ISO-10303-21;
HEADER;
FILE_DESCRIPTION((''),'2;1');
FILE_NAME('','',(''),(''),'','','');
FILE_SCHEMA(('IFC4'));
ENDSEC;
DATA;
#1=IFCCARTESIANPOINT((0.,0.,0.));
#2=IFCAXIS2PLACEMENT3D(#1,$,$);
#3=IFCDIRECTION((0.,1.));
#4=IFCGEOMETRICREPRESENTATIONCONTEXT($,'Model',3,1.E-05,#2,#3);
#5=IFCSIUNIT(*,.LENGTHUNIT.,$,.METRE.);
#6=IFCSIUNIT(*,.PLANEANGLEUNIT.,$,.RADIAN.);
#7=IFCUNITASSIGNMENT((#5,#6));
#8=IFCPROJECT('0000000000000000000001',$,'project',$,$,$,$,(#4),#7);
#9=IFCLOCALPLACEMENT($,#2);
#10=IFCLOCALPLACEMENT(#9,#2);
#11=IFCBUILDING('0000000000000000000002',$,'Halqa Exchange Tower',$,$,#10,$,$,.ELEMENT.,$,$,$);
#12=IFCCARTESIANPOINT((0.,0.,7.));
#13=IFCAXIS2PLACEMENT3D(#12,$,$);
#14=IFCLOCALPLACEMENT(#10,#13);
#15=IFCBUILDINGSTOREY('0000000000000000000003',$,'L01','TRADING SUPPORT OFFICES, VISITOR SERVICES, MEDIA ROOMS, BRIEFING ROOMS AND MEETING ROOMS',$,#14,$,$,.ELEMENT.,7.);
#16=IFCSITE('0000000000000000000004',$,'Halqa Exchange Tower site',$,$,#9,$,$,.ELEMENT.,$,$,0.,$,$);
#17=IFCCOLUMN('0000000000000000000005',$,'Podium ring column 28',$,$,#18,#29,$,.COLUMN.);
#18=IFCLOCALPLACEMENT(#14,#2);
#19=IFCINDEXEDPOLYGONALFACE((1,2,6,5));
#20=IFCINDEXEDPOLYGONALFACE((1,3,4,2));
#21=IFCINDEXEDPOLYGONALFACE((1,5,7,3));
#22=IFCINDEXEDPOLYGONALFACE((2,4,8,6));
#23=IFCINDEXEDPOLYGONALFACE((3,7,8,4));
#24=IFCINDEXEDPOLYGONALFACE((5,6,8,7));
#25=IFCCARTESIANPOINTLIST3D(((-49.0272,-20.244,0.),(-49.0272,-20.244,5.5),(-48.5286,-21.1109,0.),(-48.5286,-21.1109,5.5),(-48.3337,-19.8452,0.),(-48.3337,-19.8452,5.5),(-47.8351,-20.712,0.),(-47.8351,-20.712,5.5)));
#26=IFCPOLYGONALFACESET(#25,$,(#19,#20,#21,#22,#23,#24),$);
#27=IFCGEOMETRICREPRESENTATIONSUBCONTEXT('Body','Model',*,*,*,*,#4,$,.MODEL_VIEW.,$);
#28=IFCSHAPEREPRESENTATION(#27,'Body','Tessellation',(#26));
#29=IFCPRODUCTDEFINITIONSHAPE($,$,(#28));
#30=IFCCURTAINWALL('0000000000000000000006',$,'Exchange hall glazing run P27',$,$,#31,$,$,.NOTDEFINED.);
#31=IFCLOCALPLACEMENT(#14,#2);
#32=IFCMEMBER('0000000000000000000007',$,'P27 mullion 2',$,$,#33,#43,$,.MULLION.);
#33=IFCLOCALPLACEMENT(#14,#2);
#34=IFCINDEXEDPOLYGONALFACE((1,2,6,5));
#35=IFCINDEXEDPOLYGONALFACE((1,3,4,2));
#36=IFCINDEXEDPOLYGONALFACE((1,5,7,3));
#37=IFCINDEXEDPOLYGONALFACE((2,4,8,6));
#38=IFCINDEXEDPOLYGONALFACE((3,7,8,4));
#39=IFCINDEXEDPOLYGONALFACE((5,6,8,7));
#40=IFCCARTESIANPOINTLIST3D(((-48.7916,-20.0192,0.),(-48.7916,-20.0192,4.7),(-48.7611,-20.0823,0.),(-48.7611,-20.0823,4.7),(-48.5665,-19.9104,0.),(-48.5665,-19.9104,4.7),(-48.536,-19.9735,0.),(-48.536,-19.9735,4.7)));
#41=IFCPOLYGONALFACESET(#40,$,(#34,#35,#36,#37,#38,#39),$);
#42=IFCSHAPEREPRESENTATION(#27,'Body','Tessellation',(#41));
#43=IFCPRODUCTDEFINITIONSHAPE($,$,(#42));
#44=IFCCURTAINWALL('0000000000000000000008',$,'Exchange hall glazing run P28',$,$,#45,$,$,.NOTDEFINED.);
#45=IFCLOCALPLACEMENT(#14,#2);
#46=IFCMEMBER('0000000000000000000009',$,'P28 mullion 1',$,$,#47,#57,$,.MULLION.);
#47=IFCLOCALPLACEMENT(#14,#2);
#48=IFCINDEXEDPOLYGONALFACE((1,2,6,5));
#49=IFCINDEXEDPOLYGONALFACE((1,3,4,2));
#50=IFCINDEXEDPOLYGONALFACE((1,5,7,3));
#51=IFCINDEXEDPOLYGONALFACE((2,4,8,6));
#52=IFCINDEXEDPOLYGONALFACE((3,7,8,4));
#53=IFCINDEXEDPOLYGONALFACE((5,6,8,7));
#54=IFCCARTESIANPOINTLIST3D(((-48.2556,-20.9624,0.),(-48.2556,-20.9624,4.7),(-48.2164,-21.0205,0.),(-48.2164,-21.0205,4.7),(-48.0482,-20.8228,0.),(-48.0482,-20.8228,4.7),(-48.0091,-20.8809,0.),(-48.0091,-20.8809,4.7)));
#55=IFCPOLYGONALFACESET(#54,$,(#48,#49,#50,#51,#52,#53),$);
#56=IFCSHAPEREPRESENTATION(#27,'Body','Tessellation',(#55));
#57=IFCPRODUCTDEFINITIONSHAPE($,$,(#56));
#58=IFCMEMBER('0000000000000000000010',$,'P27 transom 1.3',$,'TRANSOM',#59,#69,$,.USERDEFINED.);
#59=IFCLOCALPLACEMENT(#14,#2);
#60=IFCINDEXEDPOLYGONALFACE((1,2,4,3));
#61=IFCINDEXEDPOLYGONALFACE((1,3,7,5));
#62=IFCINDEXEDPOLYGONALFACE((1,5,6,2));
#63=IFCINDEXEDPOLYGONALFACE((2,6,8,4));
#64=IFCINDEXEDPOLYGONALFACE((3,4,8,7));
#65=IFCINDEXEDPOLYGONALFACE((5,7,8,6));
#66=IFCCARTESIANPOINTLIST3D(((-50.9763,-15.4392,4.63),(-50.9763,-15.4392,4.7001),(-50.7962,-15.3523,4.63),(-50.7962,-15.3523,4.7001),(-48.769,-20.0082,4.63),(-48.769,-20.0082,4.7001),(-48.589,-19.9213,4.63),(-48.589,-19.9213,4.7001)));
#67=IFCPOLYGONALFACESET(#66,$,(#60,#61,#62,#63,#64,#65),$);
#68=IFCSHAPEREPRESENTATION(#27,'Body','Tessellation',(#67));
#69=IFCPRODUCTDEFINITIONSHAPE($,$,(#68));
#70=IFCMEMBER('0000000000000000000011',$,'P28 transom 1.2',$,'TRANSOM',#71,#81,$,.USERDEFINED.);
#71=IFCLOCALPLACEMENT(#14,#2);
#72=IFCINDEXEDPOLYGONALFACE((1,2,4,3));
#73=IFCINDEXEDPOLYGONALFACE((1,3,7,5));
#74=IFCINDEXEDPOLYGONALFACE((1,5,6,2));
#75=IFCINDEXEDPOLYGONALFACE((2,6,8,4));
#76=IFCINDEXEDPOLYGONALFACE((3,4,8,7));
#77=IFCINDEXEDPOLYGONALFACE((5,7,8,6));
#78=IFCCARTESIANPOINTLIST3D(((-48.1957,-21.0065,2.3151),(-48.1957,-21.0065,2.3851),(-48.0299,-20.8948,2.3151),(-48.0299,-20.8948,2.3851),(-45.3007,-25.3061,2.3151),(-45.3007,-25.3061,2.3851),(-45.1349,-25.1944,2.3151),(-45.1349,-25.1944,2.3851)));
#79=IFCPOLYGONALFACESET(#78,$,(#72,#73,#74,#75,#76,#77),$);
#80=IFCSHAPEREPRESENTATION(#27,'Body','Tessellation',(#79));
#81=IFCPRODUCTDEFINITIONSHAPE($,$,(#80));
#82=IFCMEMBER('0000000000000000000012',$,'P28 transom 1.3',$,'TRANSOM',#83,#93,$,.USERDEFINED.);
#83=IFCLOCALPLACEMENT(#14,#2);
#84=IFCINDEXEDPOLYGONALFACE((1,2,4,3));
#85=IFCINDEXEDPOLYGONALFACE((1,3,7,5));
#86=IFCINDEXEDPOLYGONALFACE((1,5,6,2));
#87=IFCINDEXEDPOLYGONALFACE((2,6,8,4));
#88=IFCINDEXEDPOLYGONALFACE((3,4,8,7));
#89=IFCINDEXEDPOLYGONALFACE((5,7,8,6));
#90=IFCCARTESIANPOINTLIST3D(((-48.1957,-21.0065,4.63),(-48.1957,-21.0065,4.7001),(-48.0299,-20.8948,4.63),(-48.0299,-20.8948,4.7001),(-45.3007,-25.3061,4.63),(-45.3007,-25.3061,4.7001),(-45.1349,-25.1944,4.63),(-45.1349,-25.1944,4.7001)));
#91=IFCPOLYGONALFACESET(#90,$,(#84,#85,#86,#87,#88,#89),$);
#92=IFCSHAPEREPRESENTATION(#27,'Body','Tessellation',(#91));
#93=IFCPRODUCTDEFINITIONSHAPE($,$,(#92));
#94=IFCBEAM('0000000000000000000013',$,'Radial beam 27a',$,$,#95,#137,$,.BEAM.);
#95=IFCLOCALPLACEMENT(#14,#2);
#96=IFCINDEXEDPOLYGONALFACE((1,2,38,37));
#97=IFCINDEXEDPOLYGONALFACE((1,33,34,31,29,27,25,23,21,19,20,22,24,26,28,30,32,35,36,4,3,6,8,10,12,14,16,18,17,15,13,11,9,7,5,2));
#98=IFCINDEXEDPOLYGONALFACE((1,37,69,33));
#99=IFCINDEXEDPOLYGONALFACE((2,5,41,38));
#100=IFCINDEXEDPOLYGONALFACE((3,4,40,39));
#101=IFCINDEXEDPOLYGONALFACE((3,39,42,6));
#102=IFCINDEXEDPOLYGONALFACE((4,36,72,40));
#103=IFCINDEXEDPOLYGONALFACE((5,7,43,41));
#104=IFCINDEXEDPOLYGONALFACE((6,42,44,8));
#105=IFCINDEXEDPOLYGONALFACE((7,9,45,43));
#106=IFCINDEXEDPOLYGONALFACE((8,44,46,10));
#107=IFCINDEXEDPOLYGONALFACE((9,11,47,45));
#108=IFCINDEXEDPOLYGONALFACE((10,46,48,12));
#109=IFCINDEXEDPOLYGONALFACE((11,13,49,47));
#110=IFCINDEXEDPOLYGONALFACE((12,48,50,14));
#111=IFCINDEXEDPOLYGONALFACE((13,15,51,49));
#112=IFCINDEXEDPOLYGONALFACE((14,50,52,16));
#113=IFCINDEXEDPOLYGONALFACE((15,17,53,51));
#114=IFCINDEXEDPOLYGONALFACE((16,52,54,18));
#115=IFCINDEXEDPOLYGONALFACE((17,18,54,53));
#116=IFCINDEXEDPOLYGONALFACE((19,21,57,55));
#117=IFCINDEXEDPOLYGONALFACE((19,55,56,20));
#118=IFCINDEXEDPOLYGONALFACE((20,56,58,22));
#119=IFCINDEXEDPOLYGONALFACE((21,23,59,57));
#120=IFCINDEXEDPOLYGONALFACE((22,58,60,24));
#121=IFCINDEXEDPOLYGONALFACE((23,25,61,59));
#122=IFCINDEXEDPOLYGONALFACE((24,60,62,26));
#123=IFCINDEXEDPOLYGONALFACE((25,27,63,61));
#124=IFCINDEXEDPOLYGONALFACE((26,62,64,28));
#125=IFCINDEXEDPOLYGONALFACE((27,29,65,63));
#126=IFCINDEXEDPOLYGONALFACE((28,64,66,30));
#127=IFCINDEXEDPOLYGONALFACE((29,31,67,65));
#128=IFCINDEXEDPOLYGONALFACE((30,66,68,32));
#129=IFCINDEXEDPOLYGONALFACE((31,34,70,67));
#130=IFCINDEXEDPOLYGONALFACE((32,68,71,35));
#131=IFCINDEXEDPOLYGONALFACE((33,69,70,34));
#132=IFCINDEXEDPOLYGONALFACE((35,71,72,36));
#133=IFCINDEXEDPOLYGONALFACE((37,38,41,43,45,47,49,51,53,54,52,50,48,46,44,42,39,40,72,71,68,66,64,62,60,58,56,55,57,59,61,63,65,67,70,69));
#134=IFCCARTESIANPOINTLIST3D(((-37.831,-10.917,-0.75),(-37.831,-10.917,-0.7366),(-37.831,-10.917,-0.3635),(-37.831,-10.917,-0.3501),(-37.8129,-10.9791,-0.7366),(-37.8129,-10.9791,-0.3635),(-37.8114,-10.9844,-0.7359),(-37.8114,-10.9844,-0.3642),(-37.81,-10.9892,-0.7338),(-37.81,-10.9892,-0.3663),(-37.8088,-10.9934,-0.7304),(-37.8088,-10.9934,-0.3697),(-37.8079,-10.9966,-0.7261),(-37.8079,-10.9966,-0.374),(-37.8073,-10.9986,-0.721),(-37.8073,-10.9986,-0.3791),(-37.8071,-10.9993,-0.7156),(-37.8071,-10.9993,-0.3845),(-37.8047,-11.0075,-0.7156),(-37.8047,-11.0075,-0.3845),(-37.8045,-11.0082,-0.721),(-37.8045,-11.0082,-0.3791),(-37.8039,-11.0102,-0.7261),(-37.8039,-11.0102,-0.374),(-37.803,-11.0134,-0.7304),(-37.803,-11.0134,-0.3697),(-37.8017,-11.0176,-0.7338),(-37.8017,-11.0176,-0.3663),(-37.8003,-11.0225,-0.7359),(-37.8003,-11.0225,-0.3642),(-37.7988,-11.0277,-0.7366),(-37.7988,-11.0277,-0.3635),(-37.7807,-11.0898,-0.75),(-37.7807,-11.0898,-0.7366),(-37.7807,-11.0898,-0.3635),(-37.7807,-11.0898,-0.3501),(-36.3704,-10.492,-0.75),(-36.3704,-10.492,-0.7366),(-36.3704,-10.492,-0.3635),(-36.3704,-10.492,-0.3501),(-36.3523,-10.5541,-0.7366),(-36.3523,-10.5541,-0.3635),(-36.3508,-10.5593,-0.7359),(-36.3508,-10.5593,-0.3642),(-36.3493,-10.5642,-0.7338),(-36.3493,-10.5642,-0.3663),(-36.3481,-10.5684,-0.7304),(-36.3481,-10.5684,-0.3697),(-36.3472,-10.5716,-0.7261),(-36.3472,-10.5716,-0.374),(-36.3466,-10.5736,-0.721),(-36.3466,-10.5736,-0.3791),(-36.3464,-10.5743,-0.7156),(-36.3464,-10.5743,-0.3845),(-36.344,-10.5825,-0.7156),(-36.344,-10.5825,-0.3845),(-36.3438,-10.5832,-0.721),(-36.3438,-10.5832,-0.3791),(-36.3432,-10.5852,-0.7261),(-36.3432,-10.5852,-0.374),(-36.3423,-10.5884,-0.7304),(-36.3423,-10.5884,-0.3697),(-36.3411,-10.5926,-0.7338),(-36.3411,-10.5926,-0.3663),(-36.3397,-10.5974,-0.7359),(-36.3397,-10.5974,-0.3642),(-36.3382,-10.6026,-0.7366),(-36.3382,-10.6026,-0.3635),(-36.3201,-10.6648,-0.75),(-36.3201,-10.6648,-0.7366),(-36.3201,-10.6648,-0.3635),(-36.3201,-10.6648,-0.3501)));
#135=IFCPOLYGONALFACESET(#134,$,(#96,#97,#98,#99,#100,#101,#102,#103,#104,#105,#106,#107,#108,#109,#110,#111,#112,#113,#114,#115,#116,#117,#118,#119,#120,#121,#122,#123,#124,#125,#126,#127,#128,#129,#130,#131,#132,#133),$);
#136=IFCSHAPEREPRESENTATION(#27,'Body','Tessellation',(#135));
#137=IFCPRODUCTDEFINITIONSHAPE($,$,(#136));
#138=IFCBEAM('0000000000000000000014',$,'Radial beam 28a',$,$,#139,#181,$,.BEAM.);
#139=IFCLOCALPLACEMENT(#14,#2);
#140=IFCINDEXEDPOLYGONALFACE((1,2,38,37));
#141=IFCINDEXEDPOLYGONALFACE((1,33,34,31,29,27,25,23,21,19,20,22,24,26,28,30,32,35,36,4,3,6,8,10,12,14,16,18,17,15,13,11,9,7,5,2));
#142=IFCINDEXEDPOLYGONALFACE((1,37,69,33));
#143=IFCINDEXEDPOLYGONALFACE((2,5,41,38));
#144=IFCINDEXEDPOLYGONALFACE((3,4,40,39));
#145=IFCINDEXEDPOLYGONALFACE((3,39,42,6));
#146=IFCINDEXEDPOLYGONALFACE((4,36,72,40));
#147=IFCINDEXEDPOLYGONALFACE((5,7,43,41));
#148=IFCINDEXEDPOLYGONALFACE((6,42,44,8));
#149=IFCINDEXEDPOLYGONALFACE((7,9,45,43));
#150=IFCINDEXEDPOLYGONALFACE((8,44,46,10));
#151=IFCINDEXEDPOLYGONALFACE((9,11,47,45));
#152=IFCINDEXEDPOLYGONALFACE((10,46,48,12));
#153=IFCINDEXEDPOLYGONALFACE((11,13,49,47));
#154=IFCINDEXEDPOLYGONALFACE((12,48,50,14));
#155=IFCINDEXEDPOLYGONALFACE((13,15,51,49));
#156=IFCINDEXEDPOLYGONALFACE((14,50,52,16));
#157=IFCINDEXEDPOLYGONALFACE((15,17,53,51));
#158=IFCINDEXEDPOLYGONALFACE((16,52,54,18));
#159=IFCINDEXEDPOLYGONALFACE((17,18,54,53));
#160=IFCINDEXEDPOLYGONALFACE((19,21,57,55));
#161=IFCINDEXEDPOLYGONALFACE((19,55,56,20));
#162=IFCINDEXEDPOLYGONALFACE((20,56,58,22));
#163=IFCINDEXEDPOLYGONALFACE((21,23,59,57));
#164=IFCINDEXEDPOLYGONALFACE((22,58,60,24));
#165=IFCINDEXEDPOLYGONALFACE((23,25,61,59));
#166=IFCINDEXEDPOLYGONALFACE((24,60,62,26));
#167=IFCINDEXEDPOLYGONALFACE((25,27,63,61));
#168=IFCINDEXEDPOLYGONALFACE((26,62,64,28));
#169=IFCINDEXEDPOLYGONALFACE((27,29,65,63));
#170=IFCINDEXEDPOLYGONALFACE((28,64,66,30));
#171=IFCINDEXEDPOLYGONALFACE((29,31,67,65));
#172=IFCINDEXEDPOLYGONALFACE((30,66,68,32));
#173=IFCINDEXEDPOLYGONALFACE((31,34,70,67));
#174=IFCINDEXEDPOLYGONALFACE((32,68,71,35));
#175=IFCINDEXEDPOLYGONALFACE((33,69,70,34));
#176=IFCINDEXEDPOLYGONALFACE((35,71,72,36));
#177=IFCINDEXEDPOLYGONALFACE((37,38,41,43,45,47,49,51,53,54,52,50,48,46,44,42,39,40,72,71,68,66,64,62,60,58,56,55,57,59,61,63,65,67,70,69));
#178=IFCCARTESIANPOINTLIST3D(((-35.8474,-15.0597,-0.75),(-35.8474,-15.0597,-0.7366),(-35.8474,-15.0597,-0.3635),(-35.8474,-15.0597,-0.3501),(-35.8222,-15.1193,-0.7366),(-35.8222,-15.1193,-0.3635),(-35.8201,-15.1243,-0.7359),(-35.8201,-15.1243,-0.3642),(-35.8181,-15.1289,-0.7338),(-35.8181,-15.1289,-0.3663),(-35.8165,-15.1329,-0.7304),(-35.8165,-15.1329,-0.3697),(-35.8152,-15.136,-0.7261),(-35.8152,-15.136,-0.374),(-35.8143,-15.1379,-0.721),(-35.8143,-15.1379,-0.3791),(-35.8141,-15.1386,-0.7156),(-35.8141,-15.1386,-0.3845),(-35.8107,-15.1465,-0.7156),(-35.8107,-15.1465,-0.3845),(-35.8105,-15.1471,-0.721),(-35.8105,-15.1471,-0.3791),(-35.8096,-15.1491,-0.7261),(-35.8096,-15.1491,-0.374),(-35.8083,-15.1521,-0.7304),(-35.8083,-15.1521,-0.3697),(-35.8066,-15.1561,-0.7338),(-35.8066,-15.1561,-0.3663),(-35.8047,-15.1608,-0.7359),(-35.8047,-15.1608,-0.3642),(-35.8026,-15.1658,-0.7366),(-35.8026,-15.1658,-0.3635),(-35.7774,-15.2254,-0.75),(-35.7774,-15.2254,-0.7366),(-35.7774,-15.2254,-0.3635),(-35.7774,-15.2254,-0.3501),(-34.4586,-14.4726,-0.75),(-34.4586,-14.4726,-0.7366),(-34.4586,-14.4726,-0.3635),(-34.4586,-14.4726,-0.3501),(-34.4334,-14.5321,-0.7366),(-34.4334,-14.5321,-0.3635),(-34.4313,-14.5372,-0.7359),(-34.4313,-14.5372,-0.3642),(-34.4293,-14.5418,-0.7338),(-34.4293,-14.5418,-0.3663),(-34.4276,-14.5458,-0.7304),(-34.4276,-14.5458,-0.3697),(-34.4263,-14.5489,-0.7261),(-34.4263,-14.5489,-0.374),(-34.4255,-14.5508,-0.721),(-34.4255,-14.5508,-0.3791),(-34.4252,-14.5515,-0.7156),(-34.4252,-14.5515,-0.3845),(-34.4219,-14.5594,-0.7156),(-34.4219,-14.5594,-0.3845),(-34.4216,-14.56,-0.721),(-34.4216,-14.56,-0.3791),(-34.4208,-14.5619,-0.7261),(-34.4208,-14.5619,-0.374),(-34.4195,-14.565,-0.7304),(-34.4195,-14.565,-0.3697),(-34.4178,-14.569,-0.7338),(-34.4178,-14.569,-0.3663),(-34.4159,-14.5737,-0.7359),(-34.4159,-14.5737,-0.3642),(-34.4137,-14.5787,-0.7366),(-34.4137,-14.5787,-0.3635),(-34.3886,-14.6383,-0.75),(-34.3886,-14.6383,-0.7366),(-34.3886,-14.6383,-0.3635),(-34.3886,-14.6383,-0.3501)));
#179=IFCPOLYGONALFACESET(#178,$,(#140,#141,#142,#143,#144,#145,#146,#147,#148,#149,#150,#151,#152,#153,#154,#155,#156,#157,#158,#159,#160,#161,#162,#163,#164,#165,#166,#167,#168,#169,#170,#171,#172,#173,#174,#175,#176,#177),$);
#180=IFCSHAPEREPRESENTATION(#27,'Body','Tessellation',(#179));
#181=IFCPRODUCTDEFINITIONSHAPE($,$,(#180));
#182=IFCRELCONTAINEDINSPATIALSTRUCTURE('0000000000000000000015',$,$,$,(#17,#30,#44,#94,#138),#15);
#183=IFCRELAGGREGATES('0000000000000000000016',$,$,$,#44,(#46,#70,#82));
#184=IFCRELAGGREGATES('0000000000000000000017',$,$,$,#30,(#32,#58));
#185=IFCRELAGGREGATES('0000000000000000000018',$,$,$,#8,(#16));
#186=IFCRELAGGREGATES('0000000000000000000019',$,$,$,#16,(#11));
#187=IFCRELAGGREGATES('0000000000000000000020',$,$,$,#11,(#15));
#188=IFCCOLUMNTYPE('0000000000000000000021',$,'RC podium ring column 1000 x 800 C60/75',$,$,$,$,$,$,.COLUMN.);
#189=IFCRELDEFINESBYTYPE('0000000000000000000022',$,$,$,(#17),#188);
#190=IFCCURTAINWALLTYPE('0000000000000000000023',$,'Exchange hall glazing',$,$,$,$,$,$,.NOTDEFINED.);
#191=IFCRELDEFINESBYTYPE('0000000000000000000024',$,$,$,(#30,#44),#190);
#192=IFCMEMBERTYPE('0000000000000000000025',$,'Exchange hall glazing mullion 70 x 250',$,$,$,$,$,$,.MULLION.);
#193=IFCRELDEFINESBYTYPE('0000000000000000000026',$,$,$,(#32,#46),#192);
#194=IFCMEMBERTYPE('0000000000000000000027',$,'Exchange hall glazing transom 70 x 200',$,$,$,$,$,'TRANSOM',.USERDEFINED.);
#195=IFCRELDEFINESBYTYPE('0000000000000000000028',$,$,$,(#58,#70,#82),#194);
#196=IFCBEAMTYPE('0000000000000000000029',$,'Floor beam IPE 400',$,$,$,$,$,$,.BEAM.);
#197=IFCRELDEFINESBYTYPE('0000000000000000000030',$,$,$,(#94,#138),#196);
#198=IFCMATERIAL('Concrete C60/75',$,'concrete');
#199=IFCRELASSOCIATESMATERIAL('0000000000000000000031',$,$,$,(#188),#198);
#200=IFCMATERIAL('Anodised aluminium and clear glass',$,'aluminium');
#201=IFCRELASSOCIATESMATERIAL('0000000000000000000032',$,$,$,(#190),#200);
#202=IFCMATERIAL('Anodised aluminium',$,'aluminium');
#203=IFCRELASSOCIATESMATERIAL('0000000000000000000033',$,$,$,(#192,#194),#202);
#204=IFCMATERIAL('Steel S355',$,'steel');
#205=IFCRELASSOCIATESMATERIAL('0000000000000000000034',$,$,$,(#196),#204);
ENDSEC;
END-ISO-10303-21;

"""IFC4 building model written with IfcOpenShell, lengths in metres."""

from ifc_helpers import new_model, si_unit, direction, frame, origin, origin_2d, place, context, subcontext, project, spatial, rectangle, i_section, extrude, material, material_profile, profile_set, type_object, element, aggregate, save


model = new_model("IFC4")

# Units and contexts
model_context = context("Model", 3, precision=1e-05, world=origin(), true_north=direction((0.0, 1.0)))
body_context = subcontext(model_context, "Body", "Model", "MODEL_VIEW")
ifc_project = project(units=[si_unit("LENGTHUNIT", "METRE"), si_unit("PLANEANGLEUNIT", "RADIAN")], contexts=[model_context])

# Site, building, storey
site_placement = place(None, origin())
site = spatial("IfcSite", under=ifc_project, at=site_placement, Name="Halqa Exchange Tower site", CompositionType="ELEMENT", RefElevation=0.0)
building_placement = place(site_placement, origin())
building = spatial("IfcBuilding", under=site, at=building_placement, Name="Halqa Exchange Tower", CompositionType="ELEMENT")
storey_placement = place(building_placement, frame((0.0, 0.0, 7.0)))
storey = spatial("IfcBuildingStorey", under=building, at=storey_placement, Name="L01", Description="TRADING SUPPORT OFFICES, VISITOR SERVICES, MEDIA ROOMS, BRIEFING ROOMS AND MEETING ROOMS", CompositionType="ELEMENT", Elevation=7.0)

# Column
ifc_material_1 = material(Name="Concrete C60/75", Category="concrete")
ifc_material_profile_1 = material_profile(ifc_material_1, rectangle(XDim=1.0, YDim=0.8, at=origin_2d()), Name="1000 x 800")
ifc_profile_set_1 = profile_set([ifc_material_profile_1], Name="Concrete C60/75")
column_type = type_object("IfcColumnType", Name="RC podium ring column 1000 x 800 C60/75", PredefinedType="COLUMN", material=ifc_profile_set_1)
column_placement = place(storey_placement, frame((-48.4312, -20.478, 0.0), z_axis=(0.0, 0.0, 1.0), x_axis=(0.498569, -0.86685, 0.0)))
element("IfcColumn", 1, at=column_placement, inside=storey, type_object=column_type, Name="Podium ring column 28", PredefinedType="COLUMN", context=body_context, shape_type="SweptSolid", body=[
    extrude(rectangle(XDim=1.0, YDim=0.8, at=origin_2d()), origin(), (0.0, 0.0, 1.0), 5.5),
])

# Curtain walls, members
ifc_material_2 = material(Name="Anodised aluminium and clear glass", Category="aluminium")
curtain_wall_type = type_object("IfcCurtainWallType", Name="Exchange hall glazing", PredefinedType="NOTDEFINED", material=ifc_material_2)
curtain_wall_1_placement = place(storey_placement, origin())
curtain_wall_1 = element("IfcCurtainWall", 2, at=curtain_wall_1_placement, inside=storey, type_object=curtain_wall_type, Name="Exchange hall glazing run P27", PredefinedType="NOTDEFINED")
ifc_material_3 = material(Name="Anodised aluminium", Category="aluminium")
ifc_material_profile_2 = material_profile(ifc_material_3, rectangle(XDim=0.25, YDim=0.0701, at=origin_2d()), Name="AL 70x250")
ifc_profile_set_2 = profile_set([ifc_material_profile_2], Name="Anodised aluminium")
member_type_1 = type_object("IfcMemberType", Name="Exchange hall glazing mullion 70 x 250", PredefinedType="MULLION", material=ifc_profile_set_2)
member_1_placement = place(storey_placement, frame((-48.6638, -19.9963, 0.0), z_axis=(0.0, 0.0, 1.0), x_axis=(0.900435, 0.43499, 0.0)))
member_1 = element("IfcMember", 3, at=member_1_placement, type_object=member_type_1, Name="P27 mullion 2", PredefinedType="MULLION", context=body_context, shape_type="SweptSolid", body=[
    extrude(rectangle(XDim=0.25, YDim=0.0701, at=origin_2d()), origin(), (0.0, 0.0, 1.0), 4.7),
])
curtain_wall_2_placement = place(storey_placement, origin())
curtain_wall_2 = element("IfcCurtainWall", 4, at=curtain_wall_2_placement, inside=storey, type_object=curtain_wall_type, Name="Exchange hall glazing run P28", PredefinedType="NOTDEFINED")
member_2_placement = place(storey_placement, frame((-48.1323, -20.9216, 0.0), z_axis=(0.0, 0.0, 1.0), x_axis=(0.82949, 0.558522, 0.0)))
member_2 = element("IfcMember", 5, at=member_2_placement, type_object=member_type_1, Name="P28 mullion 1", PredefinedType="MULLION", context=body_context, shape_type="SweptSolid", body=[
    extrude(rectangle(XDim=0.25, YDim=0.0701, at=origin_2d()), origin(), (0.0, 0.0, 1.0), 4.7),
])

# Members
ifc_material_profile_3 = material_profile(ifc_material_3, rectangle(XDim=0.2, YDim=0.0701, at=origin_2d()), Name="AL 70x200")
ifc_profile_set_3 = profile_set([ifc_material_profile_3], Name="Anodised aluminium")
member_type_2 = type_object("IfcMemberType", Name="Exchange hall glazing transom 70 x 200", ElementType="TRANSOM", PredefinedType="USERDEFINED", material=ifc_profile_set_3)
member_3_placement = place(storey_placement, frame((-50.8862, -15.3958, 4.665), z_axis=(0.43499, -0.900435, 0.0), x_axis=(0.900435, 0.43499, 0.0)))
member_3 = element("IfcMember", 6, at=member_3_placement, type_object=member_type_2, Name="P27 transom 1.3", ObjectType="TRANSOM", PredefinedType="USERDEFINED", context=body_context, shape_type="SweptSolid", body=[
    extrude(rectangle(XDim=0.2, YDim=0.0701, at=origin_2d()), origin(), (0.0, 0.0, 1.0), 5.0742),
])
member_4_placement = place(storey_placement, frame((-48.1128, -20.9507, 2.3501), z_axis=(0.55852, -0.829491, 0.0), x_axis=(0.829491, 0.55852, 0.0)))
member_4 = element("IfcMember", 7, at=member_4_placement, type_object=member_type_2, Name="P28 transom 1.2", ObjectType="TRANSOM", PredefinedType="USERDEFINED", context=body_context, shape_type="SweptSolid", body=[
    extrude(rectangle(XDim=0.2, YDim=0.0701, at=origin_2d()), origin(), (0.0, 0.0, 1.0), 5.1833),
])
member_5_placement = place(storey_placement, frame((-48.1128, -20.9507, 4.665), z_axis=(0.55852, -0.829491, 0.0), x_axis=(0.829491, 0.55852, 0.0)))
member_5 = element("IfcMember", 8, at=member_5_placement, type_object=member_type_2, Name="P28 transom 1.3", ObjectType="TRANSOM", PredefinedType="USERDEFINED", context=body_context, shape_type="SweptSolid", body=[
    extrude(rectangle(XDim=0.2, YDim=0.0701, at=origin_2d()), origin(), (0.0, 0.0, 1.0), 5.1833),
])
aggregate(curtain_wall_2, [member_2, member_4, member_5])

# Beams
ifc_material_4 = material(Name="Steel S355", Category="steel")
ifc_material_profile_4 = material_profile(ifc_material_4, i_section(OverallWidth=0.1799, OverallDepth=0.3999, WebThickness=0.0085, FlangeThickness=0.0134, FilletRadius=0.021, at=origin_2d()), Name="IPE 400")
ifc_profile_set_4 = profile_set([ifc_material_profile_4], Name="Steel S355")
beam_type_1 = type_object("IfcBeamType", Name="Floor beam IPE 400", PredefinedType="BEAM", material=ifc_profile_set_4)
beam_1_placement = place(storey_placement, frame((-36.3452, -10.5784, -0.55), z_axis=(-0.960174, -0.279402, 0.0), x_axis=(0.279402, -0.960174, 0.0)))
element("IfcBeam", 9, at=beam_1_placement, inside=storey, type_object=beam_type_1, Name="Radial beam 27a", PredefinedType="BEAM", context=body_context, shape_type="SweptSolid", body=[
    extrude(i_section(OverallWidth=0.1799, OverallDepth=0.3999, WebThickness=0.0085, FlangeThickness=0.0134, FilletRadius=0.021, at=origin_2d()), origin(), (0.0, 0.0, 1.0), 1.5212),
])
beam_2_placement = place(storey_placement, frame((-34.4236, -14.5554, -0.55), z_axis=(-0.921077, -0.389381, 0.0), x_axis=(0.389381, -0.921077, 0.0)))
element("IfcBeam", 10, at=beam_2_placement, inside=storey, type_object=beam_type_1, Name="Radial beam 28a", PredefinedType="BEAM", context=body_context, shape_type="SweptSolid", body=[
    extrude(i_section(OverallWidth=0.1799, OverallDepth=0.3999, WebThickness=0.0085, FlangeThickness=0.0134, FilletRadius=0.021, at=origin_2d()), origin(), (0.0, 0.0, 1.0), 1.5078),
])

aggregate(curtain_wall_1, [member_1, member_3])

save(model, "model.ifc")
